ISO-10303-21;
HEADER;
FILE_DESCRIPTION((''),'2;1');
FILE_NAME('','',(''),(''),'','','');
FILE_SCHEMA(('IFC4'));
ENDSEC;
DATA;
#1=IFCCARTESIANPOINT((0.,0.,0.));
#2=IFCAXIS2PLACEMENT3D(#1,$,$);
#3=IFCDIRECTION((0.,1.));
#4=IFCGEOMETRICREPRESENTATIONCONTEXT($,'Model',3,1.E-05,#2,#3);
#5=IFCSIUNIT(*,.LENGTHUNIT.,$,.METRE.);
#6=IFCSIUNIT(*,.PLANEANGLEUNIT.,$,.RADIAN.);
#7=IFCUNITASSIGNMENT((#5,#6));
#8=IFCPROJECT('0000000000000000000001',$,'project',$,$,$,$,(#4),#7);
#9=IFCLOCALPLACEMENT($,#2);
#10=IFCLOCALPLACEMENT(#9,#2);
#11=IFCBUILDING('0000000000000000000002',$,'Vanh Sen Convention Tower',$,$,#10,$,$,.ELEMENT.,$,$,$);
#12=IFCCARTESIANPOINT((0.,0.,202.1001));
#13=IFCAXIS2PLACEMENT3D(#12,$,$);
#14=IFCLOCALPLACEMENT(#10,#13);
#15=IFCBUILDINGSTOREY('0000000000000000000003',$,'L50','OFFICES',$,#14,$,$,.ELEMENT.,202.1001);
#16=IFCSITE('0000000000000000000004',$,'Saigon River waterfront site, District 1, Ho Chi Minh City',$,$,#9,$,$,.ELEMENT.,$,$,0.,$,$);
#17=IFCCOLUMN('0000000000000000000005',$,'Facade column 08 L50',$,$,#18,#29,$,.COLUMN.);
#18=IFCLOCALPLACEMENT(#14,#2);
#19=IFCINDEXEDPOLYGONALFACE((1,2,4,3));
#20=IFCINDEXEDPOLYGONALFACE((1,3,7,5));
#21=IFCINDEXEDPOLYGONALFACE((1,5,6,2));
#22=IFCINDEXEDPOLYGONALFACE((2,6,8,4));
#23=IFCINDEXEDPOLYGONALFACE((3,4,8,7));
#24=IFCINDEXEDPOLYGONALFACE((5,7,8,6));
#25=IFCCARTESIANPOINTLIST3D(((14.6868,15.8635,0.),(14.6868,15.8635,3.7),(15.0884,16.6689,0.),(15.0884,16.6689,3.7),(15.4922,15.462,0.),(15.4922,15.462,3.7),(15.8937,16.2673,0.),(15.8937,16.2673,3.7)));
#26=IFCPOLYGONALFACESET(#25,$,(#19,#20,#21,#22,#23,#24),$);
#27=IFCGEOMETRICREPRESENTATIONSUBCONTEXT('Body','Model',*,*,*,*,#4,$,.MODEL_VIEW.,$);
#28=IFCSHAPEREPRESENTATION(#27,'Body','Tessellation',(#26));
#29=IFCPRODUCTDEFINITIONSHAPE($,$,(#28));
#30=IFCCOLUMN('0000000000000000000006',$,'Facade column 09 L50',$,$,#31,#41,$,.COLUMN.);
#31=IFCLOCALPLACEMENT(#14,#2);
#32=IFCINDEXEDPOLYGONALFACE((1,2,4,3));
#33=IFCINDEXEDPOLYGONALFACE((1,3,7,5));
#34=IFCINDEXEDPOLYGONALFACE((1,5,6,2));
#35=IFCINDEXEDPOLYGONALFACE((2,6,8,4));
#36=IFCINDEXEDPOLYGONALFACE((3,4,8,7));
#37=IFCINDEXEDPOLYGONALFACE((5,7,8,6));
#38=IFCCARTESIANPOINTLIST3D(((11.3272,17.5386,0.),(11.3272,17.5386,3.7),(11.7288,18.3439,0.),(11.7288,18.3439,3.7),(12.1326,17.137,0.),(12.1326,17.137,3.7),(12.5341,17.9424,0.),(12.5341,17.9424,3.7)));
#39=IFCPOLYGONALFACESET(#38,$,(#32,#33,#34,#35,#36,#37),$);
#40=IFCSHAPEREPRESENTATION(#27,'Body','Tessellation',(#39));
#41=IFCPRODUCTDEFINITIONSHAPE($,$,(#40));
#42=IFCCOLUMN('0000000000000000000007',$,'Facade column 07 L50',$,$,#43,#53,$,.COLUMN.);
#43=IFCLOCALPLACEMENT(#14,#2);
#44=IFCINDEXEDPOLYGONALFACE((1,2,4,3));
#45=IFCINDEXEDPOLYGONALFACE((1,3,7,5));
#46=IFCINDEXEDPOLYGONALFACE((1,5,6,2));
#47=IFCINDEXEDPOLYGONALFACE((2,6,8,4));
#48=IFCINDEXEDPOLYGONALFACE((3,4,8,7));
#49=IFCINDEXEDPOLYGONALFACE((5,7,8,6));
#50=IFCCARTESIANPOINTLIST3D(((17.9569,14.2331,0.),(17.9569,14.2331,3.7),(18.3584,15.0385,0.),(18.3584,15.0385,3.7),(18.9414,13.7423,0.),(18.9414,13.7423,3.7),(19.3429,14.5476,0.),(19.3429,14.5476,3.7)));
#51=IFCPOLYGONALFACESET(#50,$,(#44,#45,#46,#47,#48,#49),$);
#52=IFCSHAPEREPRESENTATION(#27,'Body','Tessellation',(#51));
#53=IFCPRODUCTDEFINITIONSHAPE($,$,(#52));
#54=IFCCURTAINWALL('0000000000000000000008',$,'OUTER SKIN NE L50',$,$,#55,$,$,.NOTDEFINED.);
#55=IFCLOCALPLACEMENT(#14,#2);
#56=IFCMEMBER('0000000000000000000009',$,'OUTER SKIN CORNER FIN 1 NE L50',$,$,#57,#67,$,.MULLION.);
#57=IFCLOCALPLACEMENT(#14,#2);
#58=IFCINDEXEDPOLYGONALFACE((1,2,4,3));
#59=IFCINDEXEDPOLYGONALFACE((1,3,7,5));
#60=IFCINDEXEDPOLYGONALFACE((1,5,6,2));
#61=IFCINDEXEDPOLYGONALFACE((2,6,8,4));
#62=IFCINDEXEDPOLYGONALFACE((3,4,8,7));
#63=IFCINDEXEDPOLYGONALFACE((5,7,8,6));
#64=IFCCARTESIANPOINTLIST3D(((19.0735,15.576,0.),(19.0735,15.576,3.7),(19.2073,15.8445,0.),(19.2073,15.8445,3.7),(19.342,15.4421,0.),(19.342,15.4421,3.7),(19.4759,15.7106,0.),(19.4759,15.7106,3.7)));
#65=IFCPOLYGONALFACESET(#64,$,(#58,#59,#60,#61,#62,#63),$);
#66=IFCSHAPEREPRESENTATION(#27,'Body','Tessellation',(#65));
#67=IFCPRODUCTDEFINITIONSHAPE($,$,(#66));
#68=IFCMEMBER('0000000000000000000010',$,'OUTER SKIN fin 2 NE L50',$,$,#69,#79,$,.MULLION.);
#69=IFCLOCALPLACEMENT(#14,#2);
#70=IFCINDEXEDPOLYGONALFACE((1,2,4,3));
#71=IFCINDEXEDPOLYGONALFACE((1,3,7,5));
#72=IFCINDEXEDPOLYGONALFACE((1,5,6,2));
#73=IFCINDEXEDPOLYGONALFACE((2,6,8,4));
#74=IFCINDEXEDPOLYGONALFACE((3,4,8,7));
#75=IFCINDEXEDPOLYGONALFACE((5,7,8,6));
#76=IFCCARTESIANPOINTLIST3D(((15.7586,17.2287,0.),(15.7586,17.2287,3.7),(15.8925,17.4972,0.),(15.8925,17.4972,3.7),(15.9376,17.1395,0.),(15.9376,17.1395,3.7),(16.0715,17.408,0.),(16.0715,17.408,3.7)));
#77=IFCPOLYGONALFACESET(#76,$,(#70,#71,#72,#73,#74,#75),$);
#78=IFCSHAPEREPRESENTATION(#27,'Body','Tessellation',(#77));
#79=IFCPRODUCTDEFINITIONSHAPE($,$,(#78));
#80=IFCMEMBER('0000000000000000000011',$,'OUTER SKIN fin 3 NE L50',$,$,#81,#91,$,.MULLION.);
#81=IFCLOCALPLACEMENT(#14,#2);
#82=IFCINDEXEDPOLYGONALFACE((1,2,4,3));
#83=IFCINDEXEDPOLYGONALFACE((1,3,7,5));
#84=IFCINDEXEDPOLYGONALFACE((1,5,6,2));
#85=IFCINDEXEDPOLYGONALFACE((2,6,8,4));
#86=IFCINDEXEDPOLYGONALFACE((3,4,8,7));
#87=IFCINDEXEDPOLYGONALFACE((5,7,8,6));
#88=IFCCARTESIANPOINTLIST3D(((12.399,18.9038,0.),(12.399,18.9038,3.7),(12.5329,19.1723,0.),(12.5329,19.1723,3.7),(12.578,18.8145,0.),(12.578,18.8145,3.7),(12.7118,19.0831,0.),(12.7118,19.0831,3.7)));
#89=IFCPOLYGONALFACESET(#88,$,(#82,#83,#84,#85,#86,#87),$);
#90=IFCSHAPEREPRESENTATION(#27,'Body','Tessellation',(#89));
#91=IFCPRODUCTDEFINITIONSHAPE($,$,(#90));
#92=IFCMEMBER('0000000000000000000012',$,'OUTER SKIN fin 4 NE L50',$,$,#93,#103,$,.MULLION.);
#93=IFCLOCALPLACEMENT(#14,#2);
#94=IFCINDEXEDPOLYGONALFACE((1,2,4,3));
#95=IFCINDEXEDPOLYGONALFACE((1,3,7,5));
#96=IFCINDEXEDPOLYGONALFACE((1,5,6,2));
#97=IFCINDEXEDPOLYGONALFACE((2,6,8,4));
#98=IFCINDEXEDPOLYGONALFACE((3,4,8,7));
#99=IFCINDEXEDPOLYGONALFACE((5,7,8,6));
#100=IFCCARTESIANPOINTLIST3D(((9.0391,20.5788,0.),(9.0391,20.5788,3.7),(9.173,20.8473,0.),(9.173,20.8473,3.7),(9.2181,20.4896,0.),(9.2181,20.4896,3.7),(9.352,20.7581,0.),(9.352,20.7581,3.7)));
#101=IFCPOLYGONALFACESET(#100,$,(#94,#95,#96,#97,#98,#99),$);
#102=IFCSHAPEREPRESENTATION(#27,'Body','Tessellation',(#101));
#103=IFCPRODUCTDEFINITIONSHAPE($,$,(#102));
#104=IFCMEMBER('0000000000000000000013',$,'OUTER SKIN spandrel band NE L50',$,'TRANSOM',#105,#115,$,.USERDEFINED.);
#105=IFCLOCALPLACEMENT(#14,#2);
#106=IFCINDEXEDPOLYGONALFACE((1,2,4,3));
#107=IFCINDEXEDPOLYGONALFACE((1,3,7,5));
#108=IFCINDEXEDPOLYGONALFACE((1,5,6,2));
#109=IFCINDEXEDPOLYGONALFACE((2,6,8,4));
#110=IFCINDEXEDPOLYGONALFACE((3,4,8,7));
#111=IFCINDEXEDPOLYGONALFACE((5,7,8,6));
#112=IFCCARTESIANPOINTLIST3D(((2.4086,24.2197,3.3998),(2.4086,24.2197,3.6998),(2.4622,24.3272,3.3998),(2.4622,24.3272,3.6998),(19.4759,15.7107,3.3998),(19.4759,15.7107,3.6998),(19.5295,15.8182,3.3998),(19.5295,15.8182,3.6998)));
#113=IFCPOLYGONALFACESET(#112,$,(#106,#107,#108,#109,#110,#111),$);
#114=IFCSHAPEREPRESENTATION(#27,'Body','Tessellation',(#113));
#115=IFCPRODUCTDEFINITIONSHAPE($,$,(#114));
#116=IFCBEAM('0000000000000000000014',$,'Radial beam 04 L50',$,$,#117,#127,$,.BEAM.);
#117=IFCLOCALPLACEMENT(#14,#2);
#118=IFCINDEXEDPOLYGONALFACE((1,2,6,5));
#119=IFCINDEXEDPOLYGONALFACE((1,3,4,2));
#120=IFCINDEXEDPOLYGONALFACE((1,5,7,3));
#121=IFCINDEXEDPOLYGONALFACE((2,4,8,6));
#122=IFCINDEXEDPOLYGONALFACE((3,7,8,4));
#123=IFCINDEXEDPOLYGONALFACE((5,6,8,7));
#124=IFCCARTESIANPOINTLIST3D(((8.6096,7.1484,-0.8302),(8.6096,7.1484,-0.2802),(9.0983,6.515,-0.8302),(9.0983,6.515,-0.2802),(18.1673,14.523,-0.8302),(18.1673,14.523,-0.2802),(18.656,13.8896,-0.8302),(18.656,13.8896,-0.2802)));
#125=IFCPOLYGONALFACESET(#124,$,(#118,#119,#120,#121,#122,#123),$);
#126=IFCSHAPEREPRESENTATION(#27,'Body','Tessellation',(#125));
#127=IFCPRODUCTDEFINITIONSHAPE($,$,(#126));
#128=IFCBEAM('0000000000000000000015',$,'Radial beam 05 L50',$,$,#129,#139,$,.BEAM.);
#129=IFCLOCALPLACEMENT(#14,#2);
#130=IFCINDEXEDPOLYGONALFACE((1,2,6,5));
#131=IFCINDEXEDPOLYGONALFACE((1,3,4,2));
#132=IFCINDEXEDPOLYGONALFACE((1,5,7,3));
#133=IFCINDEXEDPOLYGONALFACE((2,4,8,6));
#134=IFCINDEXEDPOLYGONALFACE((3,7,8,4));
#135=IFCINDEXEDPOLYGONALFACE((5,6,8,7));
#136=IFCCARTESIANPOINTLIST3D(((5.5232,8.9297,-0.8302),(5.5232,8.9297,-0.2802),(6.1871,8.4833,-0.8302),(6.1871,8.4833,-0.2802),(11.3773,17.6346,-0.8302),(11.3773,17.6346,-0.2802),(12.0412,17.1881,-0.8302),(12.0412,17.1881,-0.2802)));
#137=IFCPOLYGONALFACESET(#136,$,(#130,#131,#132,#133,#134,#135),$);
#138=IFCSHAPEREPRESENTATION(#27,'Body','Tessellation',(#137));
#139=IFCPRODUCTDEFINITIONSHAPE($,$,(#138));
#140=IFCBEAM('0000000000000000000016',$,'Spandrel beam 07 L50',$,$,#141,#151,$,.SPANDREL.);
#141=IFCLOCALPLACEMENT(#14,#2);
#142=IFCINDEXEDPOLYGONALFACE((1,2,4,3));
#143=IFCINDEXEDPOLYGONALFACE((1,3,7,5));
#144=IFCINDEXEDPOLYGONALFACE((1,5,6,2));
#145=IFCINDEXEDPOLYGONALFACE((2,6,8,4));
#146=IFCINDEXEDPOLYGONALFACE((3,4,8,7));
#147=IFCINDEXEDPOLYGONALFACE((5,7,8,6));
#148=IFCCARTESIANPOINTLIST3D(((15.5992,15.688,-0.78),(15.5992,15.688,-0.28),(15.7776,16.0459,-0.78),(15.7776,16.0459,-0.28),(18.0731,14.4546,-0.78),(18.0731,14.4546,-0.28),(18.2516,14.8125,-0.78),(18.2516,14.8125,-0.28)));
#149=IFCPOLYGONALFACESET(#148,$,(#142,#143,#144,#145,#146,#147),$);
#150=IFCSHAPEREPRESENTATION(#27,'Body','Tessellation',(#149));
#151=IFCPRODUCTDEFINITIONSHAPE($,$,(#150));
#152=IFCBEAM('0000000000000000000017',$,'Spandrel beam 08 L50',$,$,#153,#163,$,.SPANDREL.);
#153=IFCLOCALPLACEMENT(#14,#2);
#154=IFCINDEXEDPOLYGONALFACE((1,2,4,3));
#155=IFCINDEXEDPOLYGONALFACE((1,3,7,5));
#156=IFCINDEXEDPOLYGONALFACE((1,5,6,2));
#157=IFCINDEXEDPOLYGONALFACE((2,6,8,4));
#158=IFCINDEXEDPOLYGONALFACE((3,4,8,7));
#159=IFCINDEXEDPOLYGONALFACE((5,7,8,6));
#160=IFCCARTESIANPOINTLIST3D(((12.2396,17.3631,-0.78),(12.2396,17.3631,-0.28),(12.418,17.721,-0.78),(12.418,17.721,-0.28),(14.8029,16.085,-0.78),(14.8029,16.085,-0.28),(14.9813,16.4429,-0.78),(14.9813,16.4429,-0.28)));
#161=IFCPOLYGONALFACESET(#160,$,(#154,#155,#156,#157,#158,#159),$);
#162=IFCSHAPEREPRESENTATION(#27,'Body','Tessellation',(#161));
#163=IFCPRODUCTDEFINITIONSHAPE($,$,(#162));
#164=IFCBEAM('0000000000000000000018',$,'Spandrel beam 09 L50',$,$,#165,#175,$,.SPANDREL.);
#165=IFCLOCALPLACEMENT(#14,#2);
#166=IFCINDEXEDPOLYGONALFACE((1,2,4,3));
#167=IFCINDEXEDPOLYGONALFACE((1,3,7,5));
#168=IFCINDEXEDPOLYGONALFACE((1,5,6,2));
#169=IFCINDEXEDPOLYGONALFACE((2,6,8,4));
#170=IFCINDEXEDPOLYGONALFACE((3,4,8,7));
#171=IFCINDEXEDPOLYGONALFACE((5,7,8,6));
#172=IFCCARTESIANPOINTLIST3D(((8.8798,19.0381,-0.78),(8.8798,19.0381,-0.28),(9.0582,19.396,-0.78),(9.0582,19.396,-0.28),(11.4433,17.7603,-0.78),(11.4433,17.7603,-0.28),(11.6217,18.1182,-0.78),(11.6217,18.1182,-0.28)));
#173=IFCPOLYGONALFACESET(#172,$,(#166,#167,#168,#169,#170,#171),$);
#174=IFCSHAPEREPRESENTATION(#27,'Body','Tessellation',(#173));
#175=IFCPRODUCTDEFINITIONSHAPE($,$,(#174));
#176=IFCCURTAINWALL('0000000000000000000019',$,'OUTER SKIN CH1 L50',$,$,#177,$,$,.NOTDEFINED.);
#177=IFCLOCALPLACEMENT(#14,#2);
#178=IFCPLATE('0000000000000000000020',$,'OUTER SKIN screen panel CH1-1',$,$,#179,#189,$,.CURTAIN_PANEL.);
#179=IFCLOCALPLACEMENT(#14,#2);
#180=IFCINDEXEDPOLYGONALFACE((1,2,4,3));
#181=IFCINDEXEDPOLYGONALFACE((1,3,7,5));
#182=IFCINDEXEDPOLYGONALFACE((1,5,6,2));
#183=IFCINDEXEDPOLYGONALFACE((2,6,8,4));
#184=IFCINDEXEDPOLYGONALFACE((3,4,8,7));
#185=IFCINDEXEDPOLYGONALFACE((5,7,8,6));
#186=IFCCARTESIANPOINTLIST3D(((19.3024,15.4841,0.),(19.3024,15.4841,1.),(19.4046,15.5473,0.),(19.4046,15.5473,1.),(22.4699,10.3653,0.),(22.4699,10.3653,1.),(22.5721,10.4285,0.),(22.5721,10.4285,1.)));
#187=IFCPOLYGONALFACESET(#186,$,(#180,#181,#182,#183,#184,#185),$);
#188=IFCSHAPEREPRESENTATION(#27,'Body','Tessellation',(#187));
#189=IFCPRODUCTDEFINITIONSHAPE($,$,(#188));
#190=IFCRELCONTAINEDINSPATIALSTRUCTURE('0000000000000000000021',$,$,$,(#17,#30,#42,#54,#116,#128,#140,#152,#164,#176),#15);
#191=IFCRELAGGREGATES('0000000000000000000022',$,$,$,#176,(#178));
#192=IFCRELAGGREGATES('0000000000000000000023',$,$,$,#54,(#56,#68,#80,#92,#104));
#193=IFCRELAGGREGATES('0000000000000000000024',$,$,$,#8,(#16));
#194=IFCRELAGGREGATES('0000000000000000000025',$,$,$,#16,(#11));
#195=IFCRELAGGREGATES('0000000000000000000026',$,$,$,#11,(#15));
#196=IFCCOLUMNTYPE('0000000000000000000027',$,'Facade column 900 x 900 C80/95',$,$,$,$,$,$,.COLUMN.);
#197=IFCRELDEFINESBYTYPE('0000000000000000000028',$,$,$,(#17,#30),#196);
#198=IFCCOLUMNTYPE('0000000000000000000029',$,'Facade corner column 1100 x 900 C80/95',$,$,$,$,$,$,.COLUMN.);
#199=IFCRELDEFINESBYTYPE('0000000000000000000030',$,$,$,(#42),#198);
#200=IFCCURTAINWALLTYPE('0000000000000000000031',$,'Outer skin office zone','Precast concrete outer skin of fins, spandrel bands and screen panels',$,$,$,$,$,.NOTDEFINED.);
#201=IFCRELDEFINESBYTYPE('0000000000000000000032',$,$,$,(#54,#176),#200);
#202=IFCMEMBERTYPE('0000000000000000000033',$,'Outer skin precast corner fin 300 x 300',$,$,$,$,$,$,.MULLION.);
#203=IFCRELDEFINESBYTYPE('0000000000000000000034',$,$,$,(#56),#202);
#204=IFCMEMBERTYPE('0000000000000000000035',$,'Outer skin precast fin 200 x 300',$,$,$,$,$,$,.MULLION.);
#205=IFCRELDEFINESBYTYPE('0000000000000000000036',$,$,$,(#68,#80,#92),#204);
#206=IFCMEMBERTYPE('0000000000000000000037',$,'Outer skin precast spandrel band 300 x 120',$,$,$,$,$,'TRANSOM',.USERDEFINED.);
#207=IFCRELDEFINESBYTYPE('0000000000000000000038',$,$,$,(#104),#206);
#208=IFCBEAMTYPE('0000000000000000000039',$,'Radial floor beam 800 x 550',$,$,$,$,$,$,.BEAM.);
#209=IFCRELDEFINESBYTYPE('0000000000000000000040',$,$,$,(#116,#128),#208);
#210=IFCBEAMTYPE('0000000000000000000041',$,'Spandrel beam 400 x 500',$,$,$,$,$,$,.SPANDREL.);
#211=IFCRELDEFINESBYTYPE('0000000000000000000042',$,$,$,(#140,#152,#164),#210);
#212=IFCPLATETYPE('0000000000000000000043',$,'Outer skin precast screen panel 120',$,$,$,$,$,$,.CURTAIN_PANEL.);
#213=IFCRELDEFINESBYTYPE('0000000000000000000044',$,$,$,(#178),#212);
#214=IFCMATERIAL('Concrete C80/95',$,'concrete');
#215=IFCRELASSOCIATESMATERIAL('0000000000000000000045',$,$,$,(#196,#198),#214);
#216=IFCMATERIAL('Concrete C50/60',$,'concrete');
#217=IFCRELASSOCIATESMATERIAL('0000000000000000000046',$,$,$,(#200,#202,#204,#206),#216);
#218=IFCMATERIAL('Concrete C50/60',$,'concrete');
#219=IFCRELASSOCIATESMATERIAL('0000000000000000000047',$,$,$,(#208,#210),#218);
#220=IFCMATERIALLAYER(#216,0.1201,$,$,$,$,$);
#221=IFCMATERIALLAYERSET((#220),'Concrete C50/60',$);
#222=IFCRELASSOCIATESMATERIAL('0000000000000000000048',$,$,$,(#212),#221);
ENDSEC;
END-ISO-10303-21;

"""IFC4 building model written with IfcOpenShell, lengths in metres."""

from ifc_helpers import new_model, si_unit, direction, frame, origin, origin_2d, place, context, subcontext, project, spatial, rectangle, extrude, material, layer, layer_set, material_profile, profile_set, type_object, element, aggregate, save


model = new_model("IFC4")

# Units and contexts
model_context = context("Model", 3, precision=1e-05, world=origin(), true_north=direction((0.0, 1.0)))
body_context = subcontext(model_context, "Body", "Model", "MODEL_VIEW")
ifc_project = project(units=[si_unit("LENGTHUNIT", "METRE"), si_unit("PLANEANGLEUNIT", "RADIAN")], contexts=[model_context])

# Site, building, storey
site_placement = place(None, origin())
site = spatial("IfcSite", under=ifc_project, at=site_placement, Name="Saigon River waterfront site, District 1, Ho Chi Minh City", CompositionType="ELEMENT", RefElevation=0.0)
building_placement = place(site_placement, origin())
building = spatial("IfcBuilding", under=site, at=building_placement, Name="Vanh Sen Convention Tower", CompositionType="ELEMENT")
storey_placement = place(building_placement, frame((0.0, 0.0, 202.1001)))
storey = spatial("IfcBuildingStorey", under=building, at=storey_placement, Name="L50", Description="OFFICES", CompositionType="ELEMENT", Elevation=202.1001)

# Columns
ifc_material_1 = material(Name="Concrete C80/95", Category="concrete")
ifc_material_profile_1 = material_profile(ifc_material_1, rectangle(XDim=0.8999, YDim=0.8999, at=origin_2d()), Name="RC 900X900")
ifc_profile_set_1 = profile_set([ifc_material_profile_1], Name="Concrete C80/95")
column_type_1 = type_object("IfcColumnType", Name="Facade column 900 x 900 C80/95", PredefinedType="COLUMN", material=ifc_profile_set_1)
for number, where, z_axis, x_axis, name in (
    (1, (15.2903, 16.0654, 0.0), (0.0, 0.0, 1.0), (-0.894934, 0.446198, 0.0), "Facade column 08 L50"),
    (2, (11.9307, 17.7405, 0.0), (0.0, 0.0, 1.0), (-0.894934, 0.446198, 0.0), "Facade column 09 L50"),
):
    element("IfcColumn", number, at=place(storey_placement, frame(where, z_axis=z_axis, x_axis=x_axis)), inside=storey, type_object=column_type_1, Name=name, PredefinedType="COLUMN", context=body_context, shape_type="SweptSolid", body=[
        extrude(rectangle(XDim=0.8999, YDim=0.8999, at=origin_2d()), origin(), (0.0, 0.0, 1.0), 3.7),
    ])
ifc_material_profile_2 = material_profile(ifc_material_1, rectangle(XDim=1.1001, YDim=0.8999, at=origin_2d()), Name="RC 1100X900")
ifc_profile_set_2 = profile_set([ifc_material_profile_2], Name="Concrete C80/95")
column_type_2 = type_object("IfcColumnType", Name="Facade corner column 1100 x 900 C80/95", PredefinedType="COLUMN", material=ifc_profile_set_2)
column_placement = place(storey_placement, frame((18.6499, 14.3904, 0.0), z_axis=(0.0, 0.0, 1.0), x_axis=(-0.894934, 0.446198, 0.0)))
element("IfcColumn", 3, at=column_placement, inside=storey, type_object=column_type_2, Name="Facade column 07 L50", PredefinedType="COLUMN", context=body_context, shape_type="SweptSolid", body=[
    extrude(rectangle(XDim=1.1001, YDim=0.8999, at=origin_2d()), origin(), (0.0, 0.0, 1.0), 3.7),
])

# Curtain wall, members
ifc_material_2 = material(Name="Concrete C50/60", Category="concrete")
curtain_wall_type = type_object("IfcCurtainWallType", Name="Outer skin office zone", Description="Precast concrete outer skin of fins, spandrel bands and screen panels", PredefinedType="NOTDEFINED", material=ifc_material_2)
curtain_wall_1_placement = place(storey_placement, origin())
curtain_wall_1 = element("IfcCurtainWall", 4, at=curtain_wall_1_placement, inside=storey, type_object=curtain_wall_type, Name="OUTER SKIN NE L50", PredefinedType="NOTDEFINED")
ifc_material_profile_3 = material_profile(ifc_material_2, rectangle(XDim=0.3, YDim=0.3, at=origin_2d()), Name="Outer skin precast corner fin 300 x 300")
ifc_profile_set_3 = profile_set([ifc_material_profile_3], Name="Concrete C50/60")
member_type_1 = type_object("IfcMemberType", Name="Outer skin precast corner fin 300 x 300", PredefinedType="MULLION", material=ifc_profile_set_3)
member_1_placement = place(storey_placement, frame((19.2747, 15.6433, 0.0), z_axis=(0.0, 0.0, 1.0), x_axis=(-0.894934, 0.446198, 0.0)))
member_1 = element("IfcMember", 5, at=member_1_placement, type_object=member_type_1, Name="OUTER SKIN CORNER FIN 1 NE L50", PredefinedType="MULLION", context=body_context, shape_type="SweptSolid", body=[
    extrude(rectangle(XDim=0.3, YDim=0.3, at=origin_2d()), origin(), (0.0, 0.0, 1.0), 3.7),
])
ifc_material_profile_4 = material_profile(ifc_material_2, rectangle(XDim=0.2, YDim=0.3, at=origin_2d()), Name="Outer skin precast fin 200 x 300")
ifc_profile_set_4 = profile_set([ifc_material_profile_4], Name="Concrete C50/60")
member_type_2 = type_object("IfcMemberType", Name="Outer skin precast fin 200 x 300", PredefinedType="MULLION", material=ifc_profile_set_4)
member_2_placement = place(storey_placement, frame((15.915, 17.3184, 0.0), z_axis=(0.0, 0.0, 1.0), x_axis=(-0.894934, 0.446198, 0.0)))
member_2 = element("IfcMember", 6, at=member_2_placement, type_object=member_type_2, Name="OUTER SKIN fin 2 NE L50", PredefinedType="MULLION", context=body_context, shape_type="SweptSolid", body=[
    extrude(rectangle(XDim=0.2, YDim=0.3, at=origin_2d()), origin(), (0.0, 0.0, 1.0), 3.7),
])
member_3_placement = place(storey_placement, frame((12.5554, 18.9934, 0.0), z_axis=(0.0, 0.0, 1.0), x_axis=(-0.894934, 0.446198, 0.0)))
member_3 = element("IfcMember", 7, at=member_3_placement, type_object=member_type_2, Name="OUTER SKIN fin 3 NE L50", PredefinedType="MULLION", context=body_context, shape_type="SweptSolid", body=[
    extrude(rectangle(XDim=0.2, YDim=0.3, at=origin_2d()), origin(), (0.0, 0.0, 1.0), 3.7),
])
member_4_placement = place(storey_placement, frame((9.1956, 20.6685, 0.0), z_axis=(0.0, 0.0, 1.0), x_axis=(-0.894934, 0.446198, 0.0)))
member_4 = element("IfcMember", 8, at=member_4_placement, type_object=member_type_2, Name="OUTER SKIN fin 4 NE L50", PredefinedType="MULLION", context=body_context, shape_type="SweptSolid", body=[
    extrude(rectangle(XDim=0.2, YDim=0.3, at=origin_2d()), origin(), (0.0, 0.0, 1.0), 3.7),
])
ifc_material_profile_5 = material_profile(ifc_material_2, rectangle(XDim=0.1201, YDim=0.3, at=origin_2d()), Name="Outer skin precast spandrel band 300 x 120")
ifc_profile_set_5 = profile_set([ifc_material_profile_5], Name="Concrete C50/60")
member_type_3 = type_object("IfcMemberType", Name="Outer skin precast spandrel band 300 x 120", ElementType="TRANSOM", PredefinedType="USERDEFINED", material=ifc_profile_set_5)
member_5_placement = place(storey_placement, frame((19.5027, 15.7644, 3.5498), z_axis=(-0.894941, 0.446184, 0.0), x_axis=(-0.446184, -0.894941, 0.0)))
member_5 = element("IfcMember", 9, at=member_5_placement, type_object=member_type_3, Name="OUTER SKIN spandrel band NE L50", ObjectType="TRANSOM", PredefinedType="USERDEFINED", context=body_context, shape_type="SweptSolid", body=[
    extrude(rectangle(XDim=0.1201, YDim=0.3, at=origin_2d()), origin(), (0.0, 0.0, 1.0), 19.0708),
])

# Beams
ifc_material_3 = material(Name="Concrete C50/60", Category="concrete")
ifc_material_profile_6 = material_profile(ifc_material_3, rectangle(XDim=0.8, YDim=0.55, at=origin_2d()), Name="RC 800X550")
ifc_profile_set_6 = profile_set([ifc_material_profile_6], Name="Concrete C50/60")
beam_type_1 = type_object("IfcBeamType", Name="Radial floor beam 800 x 550", PredefinedType="BEAM", material=ifc_profile_set_6)
beam_1_placement = place(storey_placement, frame((18.4116, 14.2063, -0.5552), z_axis=(-0.791722, -0.610881, 0.0), x_axis=(0.610881, -0.791722, 0.0)))
element("IfcBeam", 10, at=beam_1_placement, inside=storey, type_object=beam_type_1, Name="Radial beam 04 L50", PredefinedType="BEAM", context=body_context, shape_type="SweptSolid", body=[
    extrude(rectangle(XDim=0.8, YDim=0.55, at=origin_2d()), origin(), (0.0, 0.0, 1.0), 12.072),
])
beam_2_placement = place(storey_placement, frame((11.7092, 17.4114, -0.5552), z_axis=(-0.558047, -0.829809, 0.0), x_axis=(0.829809, -0.558047, 0.0)))
element("IfcBeam", 11, at=beam_2_placement, inside=storey, type_object=beam_type_1, Name="Radial beam 05 L50", PredefinedType="BEAM", context=body_context, shape_type="SweptSolid", body=[
    extrude(rectangle(XDim=0.8, YDim=0.55, at=origin_2d()), origin(), (0.0, 0.0, 1.0), 10.4902),
])
ifc_material_profile_7 = material_profile(ifc_material_3, rectangle(XDim=0.3999, YDim=0.5, at=origin_2d()), Name="RC 400X500")
ifc_profile_set_7 = profile_set([ifc_material_profile_7], Name="Concrete C50/60")
beam_type_2 = type_object("IfcBeamType", Name="Spandrel beam 400 x 500", PredefinedType="SPANDREL", material=ifc_profile_set_7)
beam_3_placement = place(storey_placement, frame((18.1624, 14.6335, -0.53), z_axis=(-0.894939, 0.446189, 0.0), x_axis=(-0.446189, -0.894939, 0.0)))
element("IfcBeam", 12, at=beam_3_placement, inside=storey, type_object=beam_type_2, Name="Spandrel beam 07 L50", PredefinedType="SPANDREL", context=body_context, shape_type="SweptSolid", body=[
    extrude(rectangle(XDim=0.3999, YDim=0.5, at=origin_2d()), origin(), (0.0, 0.0, 1.0), 2.7644),
])
for number, where, z_axis, x_axis, name in (
    (13, (14.8921, 16.2639, -0.53), (-0.894921, 0.446225, 0.0), (-0.446225, -0.894921, 0.0), "Spandrel beam 08 L50"),
    (14, (11.5325, 17.9392, -0.53), (-0.894972, 0.446122, 0.0), (-0.446122, -0.894972, 0.0), "Spandrel beam 09 L50"),
):
    element("IfcBeam", number, at=place(storey_placement, frame(where, z_axis=z_axis, x_axis=x_axis)), inside=storey, type_object=beam_type_2, Name=name, PredefinedType="SPANDREL", context=body_context, shape_type="SweptSolid", body=[
        extrude(rectangle(XDim=0.3999, YDim=0.5, at=origin_2d()), origin(), (0.0, 0.0, 1.0), 2.8643),
    ])

# Curtain wall, plate
curtain_wall_2_placement = place(storey_placement, origin())
curtain_wall_2 = element("IfcCurtainWall", 15, at=curtain_wall_2_placement, inside=storey, type_object=curtain_wall_type, Name="OUTER SKIN CH1 L50", PredefinedType="NOTDEFINED")
ifc_layer_1 = layer(ifc_material_2, 0.1201)
ifc_layer_set_1 = layer_set([ifc_layer_1], Name="Concrete C50/60")
plate_type = type_object("IfcPlateType", Name="Outer skin precast screen panel 120", PredefinedType="CURTAIN_PANEL", material=ifc_layer_set_1)
plate_1_placement = place(storey_placement, frame((20.9373, 12.9563, 0.0), z_axis=(0.0, 0.0, 1.0), x_axis=(-0.526204, 0.850359, 0.0)))
plate_1 = element("IfcPlate", 16, at=plate_1_placement, type_object=plate_type, Name="OUTER SKIN screen panel CH1-1", PredefinedType="CURTAIN_PANEL", context=body_context, shape_type="SweptSolid", body=[
    extrude(rectangle(XDim=6.0195, YDim=0.1201, at=origin_2d()), origin(), (0.0, 0.0, 1.0), 1.0),
])
aggregate(curtain_wall_2, [plate_1])

aggregate(curtain_wall_1, [member_1, member_2, member_3, member_4, member_5])

save(model, "model.ifc")
